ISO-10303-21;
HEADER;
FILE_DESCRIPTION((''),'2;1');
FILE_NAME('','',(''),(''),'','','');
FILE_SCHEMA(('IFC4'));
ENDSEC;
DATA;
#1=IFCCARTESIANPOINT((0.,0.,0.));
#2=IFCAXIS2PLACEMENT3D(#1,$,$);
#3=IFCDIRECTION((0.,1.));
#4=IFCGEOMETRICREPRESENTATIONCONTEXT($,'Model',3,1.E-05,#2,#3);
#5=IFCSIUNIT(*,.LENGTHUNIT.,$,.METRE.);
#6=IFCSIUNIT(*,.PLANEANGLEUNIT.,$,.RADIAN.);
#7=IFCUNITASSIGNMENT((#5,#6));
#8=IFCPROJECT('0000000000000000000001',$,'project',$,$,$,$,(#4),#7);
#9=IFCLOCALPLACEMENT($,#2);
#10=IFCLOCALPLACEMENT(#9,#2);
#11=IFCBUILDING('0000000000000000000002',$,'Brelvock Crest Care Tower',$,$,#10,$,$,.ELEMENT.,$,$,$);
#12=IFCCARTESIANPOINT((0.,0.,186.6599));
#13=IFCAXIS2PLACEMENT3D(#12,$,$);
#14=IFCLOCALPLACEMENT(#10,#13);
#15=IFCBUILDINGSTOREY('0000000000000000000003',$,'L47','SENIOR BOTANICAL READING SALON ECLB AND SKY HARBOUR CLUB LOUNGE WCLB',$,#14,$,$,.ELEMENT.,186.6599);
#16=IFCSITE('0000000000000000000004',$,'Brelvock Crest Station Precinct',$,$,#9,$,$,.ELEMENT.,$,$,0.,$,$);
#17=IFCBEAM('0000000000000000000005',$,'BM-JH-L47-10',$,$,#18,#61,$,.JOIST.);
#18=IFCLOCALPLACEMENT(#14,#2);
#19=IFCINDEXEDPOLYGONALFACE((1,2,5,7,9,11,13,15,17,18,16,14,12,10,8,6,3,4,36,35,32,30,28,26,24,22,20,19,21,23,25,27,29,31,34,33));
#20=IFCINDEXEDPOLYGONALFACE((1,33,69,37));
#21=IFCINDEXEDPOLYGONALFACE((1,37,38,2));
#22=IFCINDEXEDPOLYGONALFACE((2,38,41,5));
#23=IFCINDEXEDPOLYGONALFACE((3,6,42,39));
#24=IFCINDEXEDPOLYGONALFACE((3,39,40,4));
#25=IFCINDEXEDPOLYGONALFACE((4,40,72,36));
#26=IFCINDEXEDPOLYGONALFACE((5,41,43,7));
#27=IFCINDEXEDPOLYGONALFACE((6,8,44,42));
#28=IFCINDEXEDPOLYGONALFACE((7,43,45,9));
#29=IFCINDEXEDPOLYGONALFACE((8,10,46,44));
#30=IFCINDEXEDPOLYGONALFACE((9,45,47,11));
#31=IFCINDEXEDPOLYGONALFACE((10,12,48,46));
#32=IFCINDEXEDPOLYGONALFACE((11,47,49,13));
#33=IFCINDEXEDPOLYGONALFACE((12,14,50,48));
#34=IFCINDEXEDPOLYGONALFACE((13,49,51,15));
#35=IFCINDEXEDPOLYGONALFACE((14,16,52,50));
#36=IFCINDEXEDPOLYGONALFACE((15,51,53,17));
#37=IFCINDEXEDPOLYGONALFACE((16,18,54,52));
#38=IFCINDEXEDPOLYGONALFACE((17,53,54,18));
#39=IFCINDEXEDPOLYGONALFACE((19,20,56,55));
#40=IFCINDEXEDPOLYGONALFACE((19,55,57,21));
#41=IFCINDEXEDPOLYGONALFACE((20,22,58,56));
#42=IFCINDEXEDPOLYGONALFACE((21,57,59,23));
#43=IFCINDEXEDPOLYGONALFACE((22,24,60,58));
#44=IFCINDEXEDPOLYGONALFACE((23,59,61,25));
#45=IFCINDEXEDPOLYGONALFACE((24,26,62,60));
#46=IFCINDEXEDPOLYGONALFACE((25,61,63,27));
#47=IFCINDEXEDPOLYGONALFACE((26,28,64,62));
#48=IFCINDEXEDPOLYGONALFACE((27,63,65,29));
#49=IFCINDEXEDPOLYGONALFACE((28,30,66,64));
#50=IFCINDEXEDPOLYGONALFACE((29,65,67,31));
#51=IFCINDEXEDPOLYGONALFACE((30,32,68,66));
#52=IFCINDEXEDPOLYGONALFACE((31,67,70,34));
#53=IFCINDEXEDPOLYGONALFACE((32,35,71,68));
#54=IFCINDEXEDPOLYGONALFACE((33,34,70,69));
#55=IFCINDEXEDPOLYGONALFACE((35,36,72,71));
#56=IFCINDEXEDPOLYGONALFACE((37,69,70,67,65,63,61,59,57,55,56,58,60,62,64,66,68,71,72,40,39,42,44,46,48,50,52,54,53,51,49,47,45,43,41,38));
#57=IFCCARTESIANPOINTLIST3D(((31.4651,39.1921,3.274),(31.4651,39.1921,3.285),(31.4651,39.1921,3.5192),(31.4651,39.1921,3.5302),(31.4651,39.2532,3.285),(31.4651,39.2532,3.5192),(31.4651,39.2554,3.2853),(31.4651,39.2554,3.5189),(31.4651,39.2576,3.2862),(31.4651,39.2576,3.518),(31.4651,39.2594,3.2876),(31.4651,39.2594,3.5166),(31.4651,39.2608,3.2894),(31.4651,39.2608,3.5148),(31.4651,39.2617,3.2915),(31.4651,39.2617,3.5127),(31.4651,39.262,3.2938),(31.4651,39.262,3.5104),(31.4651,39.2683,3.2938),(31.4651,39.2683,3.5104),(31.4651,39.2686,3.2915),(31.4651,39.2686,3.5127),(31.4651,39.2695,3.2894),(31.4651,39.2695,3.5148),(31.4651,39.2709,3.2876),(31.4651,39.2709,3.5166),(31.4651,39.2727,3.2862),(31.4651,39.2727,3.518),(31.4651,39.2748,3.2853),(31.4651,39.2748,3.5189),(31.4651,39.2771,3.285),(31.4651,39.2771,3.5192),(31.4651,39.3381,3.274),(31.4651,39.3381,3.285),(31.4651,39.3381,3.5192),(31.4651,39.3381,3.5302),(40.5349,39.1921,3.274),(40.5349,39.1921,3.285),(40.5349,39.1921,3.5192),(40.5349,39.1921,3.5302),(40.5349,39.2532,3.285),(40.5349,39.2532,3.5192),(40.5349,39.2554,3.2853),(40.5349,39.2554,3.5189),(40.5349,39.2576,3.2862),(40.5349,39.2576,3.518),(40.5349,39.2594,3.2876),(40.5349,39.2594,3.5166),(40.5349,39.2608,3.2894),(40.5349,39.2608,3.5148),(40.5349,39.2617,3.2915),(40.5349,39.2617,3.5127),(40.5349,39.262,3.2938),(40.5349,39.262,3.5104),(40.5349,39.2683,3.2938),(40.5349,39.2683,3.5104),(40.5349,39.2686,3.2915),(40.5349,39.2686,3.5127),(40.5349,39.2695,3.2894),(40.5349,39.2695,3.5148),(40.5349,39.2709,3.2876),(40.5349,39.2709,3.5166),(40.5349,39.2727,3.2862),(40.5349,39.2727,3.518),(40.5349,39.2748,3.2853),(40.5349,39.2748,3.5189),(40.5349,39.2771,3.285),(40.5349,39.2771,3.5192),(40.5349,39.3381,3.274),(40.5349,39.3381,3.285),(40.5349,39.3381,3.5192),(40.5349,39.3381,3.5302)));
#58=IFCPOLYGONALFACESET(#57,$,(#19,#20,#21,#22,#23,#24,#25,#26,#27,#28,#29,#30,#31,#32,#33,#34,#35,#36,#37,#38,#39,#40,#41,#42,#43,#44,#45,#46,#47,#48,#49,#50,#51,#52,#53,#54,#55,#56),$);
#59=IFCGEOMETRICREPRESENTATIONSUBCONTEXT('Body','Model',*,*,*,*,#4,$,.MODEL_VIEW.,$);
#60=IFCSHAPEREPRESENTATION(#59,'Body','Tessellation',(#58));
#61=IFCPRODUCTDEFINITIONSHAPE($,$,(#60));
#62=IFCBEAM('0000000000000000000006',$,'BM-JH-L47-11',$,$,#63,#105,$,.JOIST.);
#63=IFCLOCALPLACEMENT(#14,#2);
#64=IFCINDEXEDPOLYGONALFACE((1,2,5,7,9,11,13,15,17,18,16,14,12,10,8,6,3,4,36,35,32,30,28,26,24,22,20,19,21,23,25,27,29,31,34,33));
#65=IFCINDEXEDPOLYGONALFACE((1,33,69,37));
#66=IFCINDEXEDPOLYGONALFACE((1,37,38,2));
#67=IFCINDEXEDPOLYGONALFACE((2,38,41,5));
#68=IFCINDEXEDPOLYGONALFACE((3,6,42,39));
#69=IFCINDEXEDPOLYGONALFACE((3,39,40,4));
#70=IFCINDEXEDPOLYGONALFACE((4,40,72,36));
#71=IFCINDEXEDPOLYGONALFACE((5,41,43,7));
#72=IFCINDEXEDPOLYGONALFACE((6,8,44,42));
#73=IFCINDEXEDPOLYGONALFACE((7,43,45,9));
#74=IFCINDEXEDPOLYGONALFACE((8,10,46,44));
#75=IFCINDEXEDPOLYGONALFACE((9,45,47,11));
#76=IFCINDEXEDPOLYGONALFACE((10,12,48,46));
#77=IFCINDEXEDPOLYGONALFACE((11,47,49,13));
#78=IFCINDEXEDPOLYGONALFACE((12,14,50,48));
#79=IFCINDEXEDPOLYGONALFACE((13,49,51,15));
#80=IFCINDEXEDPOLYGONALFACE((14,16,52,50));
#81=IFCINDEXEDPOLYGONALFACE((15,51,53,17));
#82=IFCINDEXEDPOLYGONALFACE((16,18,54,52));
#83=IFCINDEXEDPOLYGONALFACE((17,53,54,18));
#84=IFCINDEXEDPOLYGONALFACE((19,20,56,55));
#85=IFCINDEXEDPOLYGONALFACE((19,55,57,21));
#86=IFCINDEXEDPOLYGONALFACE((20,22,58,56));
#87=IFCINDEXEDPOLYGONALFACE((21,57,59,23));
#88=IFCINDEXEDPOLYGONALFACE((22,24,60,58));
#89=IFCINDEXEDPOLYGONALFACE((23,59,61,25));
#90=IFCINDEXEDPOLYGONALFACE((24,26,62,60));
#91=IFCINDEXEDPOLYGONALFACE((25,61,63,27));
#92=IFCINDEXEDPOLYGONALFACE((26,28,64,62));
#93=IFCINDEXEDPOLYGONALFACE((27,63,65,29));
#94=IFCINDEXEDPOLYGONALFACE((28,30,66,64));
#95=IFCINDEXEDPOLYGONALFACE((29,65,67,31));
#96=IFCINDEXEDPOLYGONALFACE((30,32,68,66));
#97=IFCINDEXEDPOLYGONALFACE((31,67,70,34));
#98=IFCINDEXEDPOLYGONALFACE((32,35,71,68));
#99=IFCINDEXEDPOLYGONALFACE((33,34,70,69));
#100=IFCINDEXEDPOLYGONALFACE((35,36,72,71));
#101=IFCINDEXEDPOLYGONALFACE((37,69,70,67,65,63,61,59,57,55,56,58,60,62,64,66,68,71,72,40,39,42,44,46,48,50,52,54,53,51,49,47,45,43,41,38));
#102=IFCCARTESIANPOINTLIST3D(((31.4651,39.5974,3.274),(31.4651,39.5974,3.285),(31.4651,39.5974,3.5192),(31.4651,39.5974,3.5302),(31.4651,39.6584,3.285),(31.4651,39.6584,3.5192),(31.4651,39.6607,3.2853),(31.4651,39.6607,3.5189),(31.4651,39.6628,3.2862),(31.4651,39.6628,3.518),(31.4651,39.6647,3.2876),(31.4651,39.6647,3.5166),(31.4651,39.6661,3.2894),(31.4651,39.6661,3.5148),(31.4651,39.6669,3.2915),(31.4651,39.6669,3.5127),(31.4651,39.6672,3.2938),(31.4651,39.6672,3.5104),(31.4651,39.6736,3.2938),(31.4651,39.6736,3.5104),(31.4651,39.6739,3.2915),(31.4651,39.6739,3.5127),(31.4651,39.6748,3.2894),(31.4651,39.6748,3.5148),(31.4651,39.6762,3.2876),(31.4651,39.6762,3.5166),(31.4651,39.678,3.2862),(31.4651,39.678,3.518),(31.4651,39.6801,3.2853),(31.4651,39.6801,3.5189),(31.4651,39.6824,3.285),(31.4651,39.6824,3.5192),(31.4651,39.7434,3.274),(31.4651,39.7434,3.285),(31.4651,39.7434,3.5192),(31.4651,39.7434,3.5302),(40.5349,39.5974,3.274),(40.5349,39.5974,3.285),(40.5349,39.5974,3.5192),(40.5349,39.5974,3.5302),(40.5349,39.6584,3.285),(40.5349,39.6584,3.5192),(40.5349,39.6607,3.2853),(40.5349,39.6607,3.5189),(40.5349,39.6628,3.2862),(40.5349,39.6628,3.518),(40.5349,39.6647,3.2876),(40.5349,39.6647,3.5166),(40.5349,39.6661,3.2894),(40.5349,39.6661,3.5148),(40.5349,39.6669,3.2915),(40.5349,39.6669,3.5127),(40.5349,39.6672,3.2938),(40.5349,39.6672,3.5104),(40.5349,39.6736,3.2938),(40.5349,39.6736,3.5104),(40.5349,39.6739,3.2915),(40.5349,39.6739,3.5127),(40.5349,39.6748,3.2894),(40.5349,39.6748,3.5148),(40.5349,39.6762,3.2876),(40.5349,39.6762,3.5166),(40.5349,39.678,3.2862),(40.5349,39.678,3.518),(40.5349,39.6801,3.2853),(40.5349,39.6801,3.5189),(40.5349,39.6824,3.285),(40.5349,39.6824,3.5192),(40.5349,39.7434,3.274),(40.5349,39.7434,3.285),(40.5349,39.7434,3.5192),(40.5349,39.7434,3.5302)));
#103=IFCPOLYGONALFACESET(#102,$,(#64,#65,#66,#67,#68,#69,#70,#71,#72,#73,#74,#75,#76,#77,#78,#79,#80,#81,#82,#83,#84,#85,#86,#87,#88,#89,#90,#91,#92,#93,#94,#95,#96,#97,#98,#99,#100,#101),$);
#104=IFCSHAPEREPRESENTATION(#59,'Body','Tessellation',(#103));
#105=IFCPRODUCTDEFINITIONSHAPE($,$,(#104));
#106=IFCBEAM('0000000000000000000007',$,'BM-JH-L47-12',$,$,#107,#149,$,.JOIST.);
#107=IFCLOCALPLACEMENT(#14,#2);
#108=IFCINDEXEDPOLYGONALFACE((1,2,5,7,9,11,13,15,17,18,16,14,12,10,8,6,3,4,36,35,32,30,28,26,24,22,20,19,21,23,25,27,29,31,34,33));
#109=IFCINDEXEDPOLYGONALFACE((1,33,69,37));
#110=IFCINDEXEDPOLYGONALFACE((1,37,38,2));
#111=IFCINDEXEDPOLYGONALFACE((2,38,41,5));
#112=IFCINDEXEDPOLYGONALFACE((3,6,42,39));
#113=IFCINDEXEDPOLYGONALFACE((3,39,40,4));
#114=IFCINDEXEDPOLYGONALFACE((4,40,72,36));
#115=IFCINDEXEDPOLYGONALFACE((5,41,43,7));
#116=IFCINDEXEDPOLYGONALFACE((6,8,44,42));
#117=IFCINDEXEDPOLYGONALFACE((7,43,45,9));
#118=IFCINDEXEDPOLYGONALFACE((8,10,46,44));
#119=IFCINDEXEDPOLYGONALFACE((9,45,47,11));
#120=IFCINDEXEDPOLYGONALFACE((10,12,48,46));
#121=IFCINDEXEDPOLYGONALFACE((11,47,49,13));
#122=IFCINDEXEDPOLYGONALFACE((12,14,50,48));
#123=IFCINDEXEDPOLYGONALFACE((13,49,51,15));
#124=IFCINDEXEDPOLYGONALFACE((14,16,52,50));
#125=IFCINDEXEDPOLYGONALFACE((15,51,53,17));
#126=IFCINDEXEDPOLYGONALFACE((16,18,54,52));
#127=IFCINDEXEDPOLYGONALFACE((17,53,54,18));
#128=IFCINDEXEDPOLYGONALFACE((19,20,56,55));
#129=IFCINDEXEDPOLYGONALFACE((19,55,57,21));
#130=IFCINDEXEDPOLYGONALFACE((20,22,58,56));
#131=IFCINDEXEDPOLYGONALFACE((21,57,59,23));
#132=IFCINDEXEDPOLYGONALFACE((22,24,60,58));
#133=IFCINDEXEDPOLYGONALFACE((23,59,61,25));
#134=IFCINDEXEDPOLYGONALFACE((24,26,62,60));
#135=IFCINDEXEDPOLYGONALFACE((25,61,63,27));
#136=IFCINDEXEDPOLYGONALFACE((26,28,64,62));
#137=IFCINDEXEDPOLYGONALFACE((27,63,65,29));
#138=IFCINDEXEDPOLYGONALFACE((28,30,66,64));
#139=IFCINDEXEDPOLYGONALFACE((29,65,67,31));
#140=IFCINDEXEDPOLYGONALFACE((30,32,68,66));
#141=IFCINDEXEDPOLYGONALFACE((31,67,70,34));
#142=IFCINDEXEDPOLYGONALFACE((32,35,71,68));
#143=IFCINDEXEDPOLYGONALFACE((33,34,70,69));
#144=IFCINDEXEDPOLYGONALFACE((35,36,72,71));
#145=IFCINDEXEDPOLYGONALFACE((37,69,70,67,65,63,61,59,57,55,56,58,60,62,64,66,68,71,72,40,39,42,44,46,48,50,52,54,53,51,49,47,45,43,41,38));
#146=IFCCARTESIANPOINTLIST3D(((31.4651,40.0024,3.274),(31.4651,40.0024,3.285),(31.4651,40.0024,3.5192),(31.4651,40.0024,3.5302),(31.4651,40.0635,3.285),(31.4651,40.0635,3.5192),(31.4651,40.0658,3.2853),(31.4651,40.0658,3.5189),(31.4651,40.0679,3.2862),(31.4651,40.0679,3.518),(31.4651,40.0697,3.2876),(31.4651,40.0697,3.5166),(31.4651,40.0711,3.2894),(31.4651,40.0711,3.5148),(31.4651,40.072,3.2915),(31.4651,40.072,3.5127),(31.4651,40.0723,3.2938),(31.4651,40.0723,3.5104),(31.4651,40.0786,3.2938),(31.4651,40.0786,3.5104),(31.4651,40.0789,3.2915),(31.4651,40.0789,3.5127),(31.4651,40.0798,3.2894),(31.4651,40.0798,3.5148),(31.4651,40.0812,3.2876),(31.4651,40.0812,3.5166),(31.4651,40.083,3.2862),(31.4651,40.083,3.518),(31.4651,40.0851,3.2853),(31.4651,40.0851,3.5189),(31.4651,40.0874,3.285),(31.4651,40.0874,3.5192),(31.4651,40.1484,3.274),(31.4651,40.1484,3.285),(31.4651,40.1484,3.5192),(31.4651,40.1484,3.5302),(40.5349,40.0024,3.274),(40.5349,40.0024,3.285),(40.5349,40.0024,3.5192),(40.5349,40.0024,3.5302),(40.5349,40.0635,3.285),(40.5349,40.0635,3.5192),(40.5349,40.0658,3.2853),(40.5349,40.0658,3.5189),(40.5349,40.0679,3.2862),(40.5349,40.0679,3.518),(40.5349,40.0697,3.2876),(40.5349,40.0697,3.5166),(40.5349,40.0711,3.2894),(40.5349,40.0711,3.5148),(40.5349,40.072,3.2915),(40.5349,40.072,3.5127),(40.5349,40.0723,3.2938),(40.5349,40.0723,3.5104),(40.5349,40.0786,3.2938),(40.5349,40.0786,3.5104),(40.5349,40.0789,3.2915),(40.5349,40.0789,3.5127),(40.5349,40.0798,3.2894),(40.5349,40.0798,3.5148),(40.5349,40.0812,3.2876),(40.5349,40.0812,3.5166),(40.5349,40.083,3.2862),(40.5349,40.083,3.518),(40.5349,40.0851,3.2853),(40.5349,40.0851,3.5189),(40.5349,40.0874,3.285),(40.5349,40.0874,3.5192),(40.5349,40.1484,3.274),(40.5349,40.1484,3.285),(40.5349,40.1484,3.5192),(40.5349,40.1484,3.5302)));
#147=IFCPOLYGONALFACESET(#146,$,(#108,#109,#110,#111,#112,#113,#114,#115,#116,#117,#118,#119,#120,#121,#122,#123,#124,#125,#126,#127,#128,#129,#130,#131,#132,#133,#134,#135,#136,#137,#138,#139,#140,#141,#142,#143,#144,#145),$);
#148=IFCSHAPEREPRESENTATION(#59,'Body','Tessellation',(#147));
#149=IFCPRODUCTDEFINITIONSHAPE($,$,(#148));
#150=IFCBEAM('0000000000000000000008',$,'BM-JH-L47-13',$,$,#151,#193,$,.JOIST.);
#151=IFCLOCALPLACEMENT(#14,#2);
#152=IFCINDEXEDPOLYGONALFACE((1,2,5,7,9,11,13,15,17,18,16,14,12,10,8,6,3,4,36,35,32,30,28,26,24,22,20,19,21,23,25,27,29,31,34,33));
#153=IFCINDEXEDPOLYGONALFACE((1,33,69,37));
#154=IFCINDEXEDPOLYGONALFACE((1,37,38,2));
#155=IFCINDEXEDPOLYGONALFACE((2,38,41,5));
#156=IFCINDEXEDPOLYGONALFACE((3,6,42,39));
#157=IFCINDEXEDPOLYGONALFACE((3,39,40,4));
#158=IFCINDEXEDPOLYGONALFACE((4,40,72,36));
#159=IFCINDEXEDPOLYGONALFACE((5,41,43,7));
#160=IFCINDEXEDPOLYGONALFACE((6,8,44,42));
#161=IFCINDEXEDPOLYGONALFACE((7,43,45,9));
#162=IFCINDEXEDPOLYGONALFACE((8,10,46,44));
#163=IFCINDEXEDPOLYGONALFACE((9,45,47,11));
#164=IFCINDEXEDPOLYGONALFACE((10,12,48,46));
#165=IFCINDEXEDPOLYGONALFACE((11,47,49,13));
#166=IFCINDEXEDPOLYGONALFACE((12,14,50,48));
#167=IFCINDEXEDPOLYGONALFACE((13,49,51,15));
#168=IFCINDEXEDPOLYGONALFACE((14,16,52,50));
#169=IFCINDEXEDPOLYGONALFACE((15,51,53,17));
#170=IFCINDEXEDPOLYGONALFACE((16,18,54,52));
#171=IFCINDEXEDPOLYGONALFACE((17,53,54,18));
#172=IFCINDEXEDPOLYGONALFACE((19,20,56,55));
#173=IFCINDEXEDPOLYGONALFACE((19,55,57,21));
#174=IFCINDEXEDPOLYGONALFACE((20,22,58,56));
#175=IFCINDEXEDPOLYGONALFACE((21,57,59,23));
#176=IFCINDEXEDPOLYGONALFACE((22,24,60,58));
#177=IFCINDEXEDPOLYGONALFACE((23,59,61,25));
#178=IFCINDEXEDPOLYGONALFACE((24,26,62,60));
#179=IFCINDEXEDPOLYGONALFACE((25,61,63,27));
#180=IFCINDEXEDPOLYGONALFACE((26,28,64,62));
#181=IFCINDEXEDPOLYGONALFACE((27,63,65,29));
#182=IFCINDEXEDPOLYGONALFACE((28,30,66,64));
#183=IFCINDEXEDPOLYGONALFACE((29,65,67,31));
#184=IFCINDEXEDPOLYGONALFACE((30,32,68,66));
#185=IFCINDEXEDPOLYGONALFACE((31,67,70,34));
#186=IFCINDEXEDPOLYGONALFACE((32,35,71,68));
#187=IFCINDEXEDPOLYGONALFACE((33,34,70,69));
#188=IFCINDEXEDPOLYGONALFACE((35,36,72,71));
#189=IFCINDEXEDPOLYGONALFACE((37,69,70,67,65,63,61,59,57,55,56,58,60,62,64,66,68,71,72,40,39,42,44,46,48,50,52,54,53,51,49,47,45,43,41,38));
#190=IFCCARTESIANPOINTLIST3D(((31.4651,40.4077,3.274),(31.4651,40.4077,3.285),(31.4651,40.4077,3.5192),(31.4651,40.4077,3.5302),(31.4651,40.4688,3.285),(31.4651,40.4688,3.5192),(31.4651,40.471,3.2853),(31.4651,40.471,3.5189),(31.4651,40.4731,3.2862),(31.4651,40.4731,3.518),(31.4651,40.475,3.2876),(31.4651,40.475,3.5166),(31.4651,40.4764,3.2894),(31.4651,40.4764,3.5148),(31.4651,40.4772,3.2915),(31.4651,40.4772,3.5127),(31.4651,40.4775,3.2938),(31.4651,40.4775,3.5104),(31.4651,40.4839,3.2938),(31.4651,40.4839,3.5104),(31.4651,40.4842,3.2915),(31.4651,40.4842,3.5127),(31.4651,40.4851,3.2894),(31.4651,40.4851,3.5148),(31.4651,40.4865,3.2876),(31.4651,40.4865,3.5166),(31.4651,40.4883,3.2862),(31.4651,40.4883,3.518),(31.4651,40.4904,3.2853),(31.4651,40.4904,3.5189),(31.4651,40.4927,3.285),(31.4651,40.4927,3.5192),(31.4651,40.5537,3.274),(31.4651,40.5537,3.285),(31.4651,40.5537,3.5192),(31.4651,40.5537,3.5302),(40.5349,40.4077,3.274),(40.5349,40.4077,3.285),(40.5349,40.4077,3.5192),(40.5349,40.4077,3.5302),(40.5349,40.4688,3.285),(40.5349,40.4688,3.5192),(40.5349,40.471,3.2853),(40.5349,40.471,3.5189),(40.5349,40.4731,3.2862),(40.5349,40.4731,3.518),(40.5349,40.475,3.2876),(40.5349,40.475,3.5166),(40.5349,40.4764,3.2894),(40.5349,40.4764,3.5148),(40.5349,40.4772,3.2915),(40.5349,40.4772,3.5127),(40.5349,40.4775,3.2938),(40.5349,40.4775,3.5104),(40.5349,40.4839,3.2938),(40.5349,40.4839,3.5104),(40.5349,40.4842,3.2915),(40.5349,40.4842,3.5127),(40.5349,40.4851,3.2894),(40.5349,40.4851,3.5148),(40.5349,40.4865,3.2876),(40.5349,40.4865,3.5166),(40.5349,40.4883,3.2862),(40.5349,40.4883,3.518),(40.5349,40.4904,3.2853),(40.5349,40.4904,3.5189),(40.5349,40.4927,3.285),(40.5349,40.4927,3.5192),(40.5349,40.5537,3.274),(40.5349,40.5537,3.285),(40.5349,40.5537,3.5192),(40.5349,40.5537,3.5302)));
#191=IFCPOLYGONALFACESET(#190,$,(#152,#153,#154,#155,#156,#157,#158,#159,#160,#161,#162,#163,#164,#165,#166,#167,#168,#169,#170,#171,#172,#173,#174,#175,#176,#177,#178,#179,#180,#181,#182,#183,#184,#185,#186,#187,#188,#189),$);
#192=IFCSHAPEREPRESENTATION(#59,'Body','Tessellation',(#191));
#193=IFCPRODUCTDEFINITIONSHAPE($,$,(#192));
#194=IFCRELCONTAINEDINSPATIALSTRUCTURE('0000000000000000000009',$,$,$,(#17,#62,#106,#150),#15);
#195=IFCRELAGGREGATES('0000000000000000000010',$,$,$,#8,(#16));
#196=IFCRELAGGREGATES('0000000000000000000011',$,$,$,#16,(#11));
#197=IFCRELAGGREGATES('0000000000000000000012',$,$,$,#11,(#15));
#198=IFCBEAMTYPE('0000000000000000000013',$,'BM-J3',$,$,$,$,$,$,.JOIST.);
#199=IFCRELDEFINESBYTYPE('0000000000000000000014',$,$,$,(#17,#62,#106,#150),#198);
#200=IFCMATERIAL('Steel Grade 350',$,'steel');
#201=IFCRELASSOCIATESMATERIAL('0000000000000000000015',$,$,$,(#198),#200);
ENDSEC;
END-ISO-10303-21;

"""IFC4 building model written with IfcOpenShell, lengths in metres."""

from ifc_helpers import new_model, si_unit, direction, frame, origin, origin_2d, place, context, subcontext, project, spatial, i_section, extrude, source, transform, mapped, material, material_profile, profile_set, type_object, element, save


model = new_model("IFC4")

# Units and contexts
model_context = context("Model", 3, precision=1e-05, world=origin(), true_north=direction((0.0, 1.0)))
body_context = subcontext(model_context, "Body", "Model", "MODEL_VIEW")
ifc_project = project(units=[si_unit("LENGTHUNIT", "METRE"), si_unit("PLANEANGLEUNIT", "RADIAN")], contexts=[model_context])

# Site, building, storey
site_placement = place(None, origin())
site = spatial("IfcSite", under=ifc_project, at=site_placement, Name="Brelvock Crest Station Precinct", CompositionType="ELEMENT", RefElevation=0.0)
building_placement = place(site_placement, origin())
building = spatial("IfcBuilding", under=site, at=building_placement, Name="Brelvock Crest Care Tower", CompositionType="ELEMENT")
storey_placement = place(building_placement, frame((0.0, 0.0, 186.6599)))
storey = spatial("IfcBuildingStorey", under=building, at=storey_placement, Name="L47", Description="SENIOR BOTANICAL READING SALON ECLB AND SKY HARBOUR CLUB LOUNGE WCLB", CompositionType="ELEMENT", Elevation=186.6599)

# Beams
ifc_material = material(Name="Steel Grade 350", Category="steel")
ifc_material_profile_1 = material_profile(ifc_material, i_section(OverallWidth=0.146, OverallDepth=0.2561, WebThickness=0.0063, FlangeThickness=0.011, FilletRadius=0.0088, at=origin_2d()), Name="250UB37.3")
ifc_profile_set_1 = profile_set([ifc_material_profile_1], Name="Steel Grade 350")
beam_type_1 = type_object("IfcBeamType", Name="BM-J3", PredefinedType="JOIST", material=ifc_profile_set_1)
shared_shape_1 = source(origin(), body_context, "Body", "SweptSolid", [
    extrude(i_section(OverallWidth=0.146, OverallDepth=0.2561, WebThickness=0.0063, FlangeThickness=0.011, FilletRadius=0.0088, at=origin_2d()), origin(), (0.0, 0.0, 1.0), 9.0698),
])
for number, where, z_axis, x_axis, name in (
    (1, (31.4651, 39.2651, 3.4021), (1.0, 0.0, 0.0), (0.0, 1.0, 0.0), "BM-JH-L47-10"),
    (2, (31.4651, 39.6704, 3.4021), (1.0, 0.0, 0.0), (0.0, 1.0, 0.0), "BM-JH-L47-11"),
    (3, (31.4651, 40.0754, 3.4021), (1.0, 0.0, 0.0), (0.0, 1.0, 0.0), "BM-JH-L47-12"),
    (4, (31.4651, 40.4807, 3.4021), (1.0, 0.0, 0.0), (0.0, 1.0, 0.0), "BM-JH-L47-13"),
):
    element("IfcBeam", number, at=place(storey_placement, frame(where, z_axis=z_axis, x_axis=x_axis)), inside=storey, type_object=beam_type_1, Name=name, PredefinedType="JOIST", context=body_context, shape_type="MappedRepresentation", body=[
        mapped(shared_shape_1, transform((0.0, 0.0, 0.0), x_axis=(1.0, 0.0, 0.0), y_axis=(0.0, 1.0, 0.0), z_axis=(0.0, 0.0, 1.0), scale=1.0)),
    ])

save(model, "model.ifc")
